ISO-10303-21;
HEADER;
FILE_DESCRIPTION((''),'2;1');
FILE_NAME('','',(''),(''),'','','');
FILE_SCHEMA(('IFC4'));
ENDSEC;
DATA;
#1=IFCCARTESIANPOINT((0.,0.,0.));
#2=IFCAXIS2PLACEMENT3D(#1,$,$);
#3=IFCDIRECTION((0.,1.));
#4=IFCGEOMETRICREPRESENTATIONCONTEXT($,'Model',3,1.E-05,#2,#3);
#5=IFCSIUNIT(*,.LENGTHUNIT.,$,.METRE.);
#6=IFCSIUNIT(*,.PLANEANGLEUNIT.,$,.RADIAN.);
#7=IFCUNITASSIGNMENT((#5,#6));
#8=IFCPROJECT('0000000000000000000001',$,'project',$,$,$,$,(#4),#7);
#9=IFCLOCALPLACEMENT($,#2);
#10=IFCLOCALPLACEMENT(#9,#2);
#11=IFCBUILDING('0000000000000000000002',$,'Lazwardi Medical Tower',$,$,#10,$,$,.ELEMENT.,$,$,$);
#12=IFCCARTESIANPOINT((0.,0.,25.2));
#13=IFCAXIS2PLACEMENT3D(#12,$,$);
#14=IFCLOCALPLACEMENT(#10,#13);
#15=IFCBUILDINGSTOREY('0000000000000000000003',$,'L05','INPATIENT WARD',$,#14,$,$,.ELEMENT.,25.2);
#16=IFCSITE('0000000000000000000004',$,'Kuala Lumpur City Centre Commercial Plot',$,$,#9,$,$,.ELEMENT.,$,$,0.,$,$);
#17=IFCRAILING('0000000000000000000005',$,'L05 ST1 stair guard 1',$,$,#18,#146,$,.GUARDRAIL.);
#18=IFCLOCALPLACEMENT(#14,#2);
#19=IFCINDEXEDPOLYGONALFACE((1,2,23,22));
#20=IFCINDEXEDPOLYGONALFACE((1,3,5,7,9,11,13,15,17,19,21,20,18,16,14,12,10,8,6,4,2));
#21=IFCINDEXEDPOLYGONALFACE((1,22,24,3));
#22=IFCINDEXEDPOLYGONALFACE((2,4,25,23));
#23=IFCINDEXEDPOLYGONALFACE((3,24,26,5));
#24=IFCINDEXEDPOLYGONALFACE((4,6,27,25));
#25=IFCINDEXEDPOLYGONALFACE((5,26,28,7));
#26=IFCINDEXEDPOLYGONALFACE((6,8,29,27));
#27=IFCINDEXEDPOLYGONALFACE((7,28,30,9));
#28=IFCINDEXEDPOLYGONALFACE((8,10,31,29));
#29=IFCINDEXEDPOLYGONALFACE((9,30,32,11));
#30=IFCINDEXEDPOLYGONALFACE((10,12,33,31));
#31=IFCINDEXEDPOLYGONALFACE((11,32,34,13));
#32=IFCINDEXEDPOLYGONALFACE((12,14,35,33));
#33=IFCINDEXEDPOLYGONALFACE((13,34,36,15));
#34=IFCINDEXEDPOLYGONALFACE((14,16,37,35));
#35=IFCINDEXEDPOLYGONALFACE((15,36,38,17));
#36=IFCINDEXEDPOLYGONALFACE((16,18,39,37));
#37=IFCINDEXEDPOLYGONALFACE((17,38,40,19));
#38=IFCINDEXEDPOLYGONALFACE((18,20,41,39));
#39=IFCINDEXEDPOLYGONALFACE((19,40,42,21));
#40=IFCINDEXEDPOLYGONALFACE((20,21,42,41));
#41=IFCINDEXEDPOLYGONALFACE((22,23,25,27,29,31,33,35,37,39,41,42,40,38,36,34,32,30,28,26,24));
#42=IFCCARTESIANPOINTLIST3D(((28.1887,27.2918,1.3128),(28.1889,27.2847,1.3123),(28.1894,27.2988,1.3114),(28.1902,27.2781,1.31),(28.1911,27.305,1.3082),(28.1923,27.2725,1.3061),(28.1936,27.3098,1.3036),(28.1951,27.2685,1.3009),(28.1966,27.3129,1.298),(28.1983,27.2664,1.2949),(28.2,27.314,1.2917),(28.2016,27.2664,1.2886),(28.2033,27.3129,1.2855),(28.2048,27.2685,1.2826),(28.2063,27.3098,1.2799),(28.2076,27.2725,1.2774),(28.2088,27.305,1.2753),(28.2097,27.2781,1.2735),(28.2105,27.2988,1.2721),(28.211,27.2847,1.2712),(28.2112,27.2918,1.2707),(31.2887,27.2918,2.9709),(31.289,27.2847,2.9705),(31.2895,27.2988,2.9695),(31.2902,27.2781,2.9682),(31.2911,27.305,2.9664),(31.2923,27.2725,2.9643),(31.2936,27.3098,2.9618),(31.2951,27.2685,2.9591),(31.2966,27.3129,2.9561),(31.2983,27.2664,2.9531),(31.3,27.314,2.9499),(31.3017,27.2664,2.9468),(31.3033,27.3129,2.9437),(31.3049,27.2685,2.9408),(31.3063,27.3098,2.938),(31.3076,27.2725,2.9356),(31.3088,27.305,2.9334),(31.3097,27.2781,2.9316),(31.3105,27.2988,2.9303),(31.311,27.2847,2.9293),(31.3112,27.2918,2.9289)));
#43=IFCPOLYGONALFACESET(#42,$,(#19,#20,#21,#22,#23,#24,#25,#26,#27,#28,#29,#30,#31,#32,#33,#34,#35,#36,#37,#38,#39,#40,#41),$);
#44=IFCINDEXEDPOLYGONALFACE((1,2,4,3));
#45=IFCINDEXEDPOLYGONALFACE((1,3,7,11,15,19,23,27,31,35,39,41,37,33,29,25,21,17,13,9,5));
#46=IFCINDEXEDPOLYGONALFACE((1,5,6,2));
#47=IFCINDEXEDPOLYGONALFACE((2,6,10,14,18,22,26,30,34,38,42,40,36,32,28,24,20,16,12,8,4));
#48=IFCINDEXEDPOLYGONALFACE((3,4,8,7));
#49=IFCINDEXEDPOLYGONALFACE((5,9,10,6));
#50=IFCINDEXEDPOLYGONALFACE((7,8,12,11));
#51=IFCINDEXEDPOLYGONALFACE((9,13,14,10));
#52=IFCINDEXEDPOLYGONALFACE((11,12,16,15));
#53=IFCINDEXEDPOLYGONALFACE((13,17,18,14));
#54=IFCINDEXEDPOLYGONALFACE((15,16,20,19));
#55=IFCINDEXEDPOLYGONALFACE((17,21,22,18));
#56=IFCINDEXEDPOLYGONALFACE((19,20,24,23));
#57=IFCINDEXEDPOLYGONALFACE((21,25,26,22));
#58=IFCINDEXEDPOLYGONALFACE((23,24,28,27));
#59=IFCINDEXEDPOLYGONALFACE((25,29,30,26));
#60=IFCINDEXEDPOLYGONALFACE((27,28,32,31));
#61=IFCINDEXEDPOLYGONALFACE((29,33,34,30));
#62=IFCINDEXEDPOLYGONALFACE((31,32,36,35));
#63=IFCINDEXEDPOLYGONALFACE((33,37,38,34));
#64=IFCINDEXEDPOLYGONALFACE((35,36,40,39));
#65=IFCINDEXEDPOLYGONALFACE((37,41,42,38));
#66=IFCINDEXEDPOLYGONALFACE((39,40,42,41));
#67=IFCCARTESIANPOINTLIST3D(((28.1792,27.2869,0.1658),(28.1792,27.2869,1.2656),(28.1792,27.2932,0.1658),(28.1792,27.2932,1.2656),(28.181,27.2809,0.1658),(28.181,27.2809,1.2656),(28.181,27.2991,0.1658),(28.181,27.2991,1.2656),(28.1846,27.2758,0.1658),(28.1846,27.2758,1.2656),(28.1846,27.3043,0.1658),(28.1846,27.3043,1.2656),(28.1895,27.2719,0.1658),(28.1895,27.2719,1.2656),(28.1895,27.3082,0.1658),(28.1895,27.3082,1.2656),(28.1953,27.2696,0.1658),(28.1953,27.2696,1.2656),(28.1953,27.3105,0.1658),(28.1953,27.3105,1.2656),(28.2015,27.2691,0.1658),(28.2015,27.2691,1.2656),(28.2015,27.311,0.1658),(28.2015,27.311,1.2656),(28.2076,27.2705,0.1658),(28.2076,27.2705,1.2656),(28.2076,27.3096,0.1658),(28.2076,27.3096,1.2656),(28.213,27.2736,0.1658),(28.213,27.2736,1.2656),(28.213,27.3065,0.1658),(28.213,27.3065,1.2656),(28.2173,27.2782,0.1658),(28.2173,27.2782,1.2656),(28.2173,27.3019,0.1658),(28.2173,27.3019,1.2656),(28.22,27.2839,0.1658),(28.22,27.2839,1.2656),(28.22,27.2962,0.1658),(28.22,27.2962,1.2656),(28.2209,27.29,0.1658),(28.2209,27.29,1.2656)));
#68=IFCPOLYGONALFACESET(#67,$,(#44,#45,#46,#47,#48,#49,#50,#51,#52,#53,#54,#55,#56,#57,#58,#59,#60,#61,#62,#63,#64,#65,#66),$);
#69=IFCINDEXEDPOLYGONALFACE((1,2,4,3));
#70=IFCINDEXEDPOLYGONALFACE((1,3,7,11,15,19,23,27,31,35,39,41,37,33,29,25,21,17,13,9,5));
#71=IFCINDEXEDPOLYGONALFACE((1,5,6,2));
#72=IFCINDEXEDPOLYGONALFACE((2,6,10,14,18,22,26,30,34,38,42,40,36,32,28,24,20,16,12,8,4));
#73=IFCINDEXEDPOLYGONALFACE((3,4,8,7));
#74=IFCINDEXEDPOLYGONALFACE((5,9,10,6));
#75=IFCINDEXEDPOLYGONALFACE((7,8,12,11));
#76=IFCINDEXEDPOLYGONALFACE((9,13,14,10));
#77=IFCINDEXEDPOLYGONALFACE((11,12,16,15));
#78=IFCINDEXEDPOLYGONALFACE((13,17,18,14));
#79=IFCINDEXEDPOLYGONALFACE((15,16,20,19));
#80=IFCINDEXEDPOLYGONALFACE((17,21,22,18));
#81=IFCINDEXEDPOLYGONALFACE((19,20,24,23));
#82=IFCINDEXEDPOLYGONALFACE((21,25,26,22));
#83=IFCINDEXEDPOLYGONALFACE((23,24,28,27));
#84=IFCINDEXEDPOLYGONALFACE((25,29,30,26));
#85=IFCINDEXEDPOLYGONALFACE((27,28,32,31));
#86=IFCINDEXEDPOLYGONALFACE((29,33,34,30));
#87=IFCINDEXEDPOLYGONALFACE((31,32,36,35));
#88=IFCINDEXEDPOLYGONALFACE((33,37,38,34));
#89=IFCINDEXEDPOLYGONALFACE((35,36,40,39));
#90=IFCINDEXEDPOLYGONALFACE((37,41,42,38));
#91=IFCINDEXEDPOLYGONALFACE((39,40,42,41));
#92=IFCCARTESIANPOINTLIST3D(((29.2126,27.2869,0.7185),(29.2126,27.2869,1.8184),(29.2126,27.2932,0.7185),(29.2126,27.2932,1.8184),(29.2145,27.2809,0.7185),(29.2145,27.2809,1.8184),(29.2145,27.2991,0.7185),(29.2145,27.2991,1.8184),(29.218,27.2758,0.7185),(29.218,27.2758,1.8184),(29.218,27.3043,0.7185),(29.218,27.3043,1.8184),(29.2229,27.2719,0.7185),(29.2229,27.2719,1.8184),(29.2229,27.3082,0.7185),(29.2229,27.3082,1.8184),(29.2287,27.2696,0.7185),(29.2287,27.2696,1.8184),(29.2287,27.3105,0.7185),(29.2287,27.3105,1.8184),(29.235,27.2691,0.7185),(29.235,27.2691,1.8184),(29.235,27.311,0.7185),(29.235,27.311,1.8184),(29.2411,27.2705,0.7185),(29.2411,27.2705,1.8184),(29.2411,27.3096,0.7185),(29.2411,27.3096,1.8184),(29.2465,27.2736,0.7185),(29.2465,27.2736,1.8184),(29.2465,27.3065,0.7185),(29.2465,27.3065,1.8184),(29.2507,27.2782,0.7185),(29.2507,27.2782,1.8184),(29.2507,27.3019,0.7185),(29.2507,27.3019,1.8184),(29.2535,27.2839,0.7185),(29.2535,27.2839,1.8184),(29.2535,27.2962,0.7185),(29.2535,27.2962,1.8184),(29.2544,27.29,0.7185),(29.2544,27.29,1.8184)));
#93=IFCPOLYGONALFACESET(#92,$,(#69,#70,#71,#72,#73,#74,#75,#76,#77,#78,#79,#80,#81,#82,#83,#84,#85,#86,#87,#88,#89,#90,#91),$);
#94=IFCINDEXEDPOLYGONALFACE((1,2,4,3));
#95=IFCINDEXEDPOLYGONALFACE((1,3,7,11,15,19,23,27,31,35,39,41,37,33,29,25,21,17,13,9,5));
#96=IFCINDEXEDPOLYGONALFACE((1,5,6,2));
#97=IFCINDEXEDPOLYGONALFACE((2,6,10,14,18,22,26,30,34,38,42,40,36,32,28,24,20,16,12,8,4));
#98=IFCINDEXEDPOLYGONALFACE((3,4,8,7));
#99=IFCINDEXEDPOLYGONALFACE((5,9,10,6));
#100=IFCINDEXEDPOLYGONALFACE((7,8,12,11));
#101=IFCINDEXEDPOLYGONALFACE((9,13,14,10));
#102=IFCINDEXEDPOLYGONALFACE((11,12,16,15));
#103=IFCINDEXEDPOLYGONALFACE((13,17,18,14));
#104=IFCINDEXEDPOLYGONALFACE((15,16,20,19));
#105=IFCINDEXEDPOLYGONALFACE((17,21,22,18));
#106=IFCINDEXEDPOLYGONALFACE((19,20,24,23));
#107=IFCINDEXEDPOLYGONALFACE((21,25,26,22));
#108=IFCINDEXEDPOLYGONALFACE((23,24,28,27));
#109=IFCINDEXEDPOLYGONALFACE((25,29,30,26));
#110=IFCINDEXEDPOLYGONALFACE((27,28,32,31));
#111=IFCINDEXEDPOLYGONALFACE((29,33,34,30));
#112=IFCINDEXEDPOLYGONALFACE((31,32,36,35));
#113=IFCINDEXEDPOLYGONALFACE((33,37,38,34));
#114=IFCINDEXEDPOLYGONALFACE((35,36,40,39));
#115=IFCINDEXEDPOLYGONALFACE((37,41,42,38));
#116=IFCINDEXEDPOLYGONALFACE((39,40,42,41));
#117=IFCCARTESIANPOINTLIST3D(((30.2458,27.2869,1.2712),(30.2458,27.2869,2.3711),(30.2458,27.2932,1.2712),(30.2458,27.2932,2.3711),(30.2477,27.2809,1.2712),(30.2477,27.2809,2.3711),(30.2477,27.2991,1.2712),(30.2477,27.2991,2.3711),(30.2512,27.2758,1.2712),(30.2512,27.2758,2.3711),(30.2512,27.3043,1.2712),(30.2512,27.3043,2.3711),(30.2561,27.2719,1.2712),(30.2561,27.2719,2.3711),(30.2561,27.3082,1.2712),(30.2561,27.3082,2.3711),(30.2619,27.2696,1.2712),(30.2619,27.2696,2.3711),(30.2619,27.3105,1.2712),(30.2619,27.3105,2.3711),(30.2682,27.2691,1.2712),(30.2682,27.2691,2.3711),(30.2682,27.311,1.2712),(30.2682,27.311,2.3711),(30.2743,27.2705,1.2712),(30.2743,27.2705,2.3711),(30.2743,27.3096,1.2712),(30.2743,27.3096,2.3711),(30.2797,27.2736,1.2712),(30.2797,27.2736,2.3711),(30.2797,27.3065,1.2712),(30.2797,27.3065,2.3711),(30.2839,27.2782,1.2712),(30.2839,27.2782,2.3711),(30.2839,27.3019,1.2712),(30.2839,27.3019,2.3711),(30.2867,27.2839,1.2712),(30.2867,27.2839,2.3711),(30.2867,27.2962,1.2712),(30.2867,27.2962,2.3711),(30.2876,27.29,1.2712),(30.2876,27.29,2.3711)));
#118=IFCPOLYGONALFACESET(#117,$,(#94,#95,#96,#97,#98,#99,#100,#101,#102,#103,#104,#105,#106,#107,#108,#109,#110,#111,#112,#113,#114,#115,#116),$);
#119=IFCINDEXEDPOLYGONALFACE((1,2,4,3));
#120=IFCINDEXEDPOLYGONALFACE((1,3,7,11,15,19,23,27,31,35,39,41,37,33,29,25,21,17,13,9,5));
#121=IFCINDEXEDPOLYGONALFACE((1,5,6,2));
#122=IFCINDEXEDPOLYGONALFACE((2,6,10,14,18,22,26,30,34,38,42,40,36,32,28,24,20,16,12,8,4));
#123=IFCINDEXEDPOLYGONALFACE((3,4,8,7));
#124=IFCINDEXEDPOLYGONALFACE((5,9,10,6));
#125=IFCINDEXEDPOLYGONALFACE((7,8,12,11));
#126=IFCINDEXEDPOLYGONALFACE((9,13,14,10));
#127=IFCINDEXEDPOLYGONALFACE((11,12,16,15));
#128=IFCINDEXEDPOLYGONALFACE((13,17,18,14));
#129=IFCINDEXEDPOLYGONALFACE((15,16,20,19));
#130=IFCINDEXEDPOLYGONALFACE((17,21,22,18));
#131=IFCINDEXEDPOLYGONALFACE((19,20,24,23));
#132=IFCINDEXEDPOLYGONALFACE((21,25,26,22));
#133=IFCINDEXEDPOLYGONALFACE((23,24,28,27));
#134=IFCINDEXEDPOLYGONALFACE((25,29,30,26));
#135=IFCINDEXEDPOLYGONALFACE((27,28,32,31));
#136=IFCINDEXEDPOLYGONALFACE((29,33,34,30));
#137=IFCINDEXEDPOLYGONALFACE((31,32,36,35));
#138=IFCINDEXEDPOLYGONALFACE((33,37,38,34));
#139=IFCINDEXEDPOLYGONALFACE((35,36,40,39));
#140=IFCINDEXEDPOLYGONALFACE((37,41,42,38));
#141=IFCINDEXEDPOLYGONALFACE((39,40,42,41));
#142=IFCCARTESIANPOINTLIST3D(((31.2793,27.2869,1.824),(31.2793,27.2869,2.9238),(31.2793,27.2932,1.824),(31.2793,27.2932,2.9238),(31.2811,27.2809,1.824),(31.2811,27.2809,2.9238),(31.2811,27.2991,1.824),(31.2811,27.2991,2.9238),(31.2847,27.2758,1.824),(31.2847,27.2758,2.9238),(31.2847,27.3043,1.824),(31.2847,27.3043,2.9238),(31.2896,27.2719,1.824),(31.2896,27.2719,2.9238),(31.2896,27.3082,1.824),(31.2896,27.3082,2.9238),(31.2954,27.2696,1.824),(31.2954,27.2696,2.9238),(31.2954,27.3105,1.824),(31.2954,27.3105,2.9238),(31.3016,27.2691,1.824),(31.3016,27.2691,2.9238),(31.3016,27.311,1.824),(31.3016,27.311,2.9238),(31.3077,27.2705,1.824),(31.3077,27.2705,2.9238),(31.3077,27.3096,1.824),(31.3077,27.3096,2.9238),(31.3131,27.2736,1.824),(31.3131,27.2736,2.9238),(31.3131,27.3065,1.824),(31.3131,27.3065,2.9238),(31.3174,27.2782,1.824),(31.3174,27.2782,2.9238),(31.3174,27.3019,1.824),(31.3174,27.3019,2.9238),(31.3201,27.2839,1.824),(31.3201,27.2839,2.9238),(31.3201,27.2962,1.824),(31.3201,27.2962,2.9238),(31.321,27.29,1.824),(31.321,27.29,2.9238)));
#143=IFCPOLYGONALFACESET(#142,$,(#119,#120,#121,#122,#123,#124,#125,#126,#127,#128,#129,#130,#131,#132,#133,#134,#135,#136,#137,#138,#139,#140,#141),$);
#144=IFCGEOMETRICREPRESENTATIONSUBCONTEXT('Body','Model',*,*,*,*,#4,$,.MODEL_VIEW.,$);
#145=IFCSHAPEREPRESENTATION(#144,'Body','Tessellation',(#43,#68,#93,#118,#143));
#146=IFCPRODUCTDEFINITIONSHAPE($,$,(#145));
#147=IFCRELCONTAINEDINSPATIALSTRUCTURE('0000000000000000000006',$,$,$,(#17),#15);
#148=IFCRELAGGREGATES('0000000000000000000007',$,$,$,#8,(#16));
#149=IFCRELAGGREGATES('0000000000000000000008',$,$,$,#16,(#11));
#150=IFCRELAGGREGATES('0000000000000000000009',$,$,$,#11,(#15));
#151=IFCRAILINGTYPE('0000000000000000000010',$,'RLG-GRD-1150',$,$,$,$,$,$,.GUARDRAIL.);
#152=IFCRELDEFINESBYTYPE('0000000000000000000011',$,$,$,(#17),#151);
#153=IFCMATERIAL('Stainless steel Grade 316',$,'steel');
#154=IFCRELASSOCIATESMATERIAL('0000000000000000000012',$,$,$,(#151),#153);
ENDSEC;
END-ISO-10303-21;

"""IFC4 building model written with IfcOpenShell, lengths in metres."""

from ifc_helpers import new_model, si_unit, direction, frame, origin, origin_2d, place, context, subcontext, project, spatial, circle, extrude, material, type_object, element, save


model = new_model("IFC4")

# Units and contexts
model_context = context("Model", 3, precision=1e-05, world=origin(), true_north=direction((0.0, 1.0)))
body_context = subcontext(model_context, "Body", "Model", "MODEL_VIEW")
ifc_project = project(units=[si_unit("LENGTHUNIT", "METRE"), si_unit("PLANEANGLEUNIT", "RADIAN")], contexts=[model_context])

# Site, building, storey
site_placement = place(None, origin())
site = spatial("IfcSite", under=ifc_project, at=site_placement, Name="Kuala Lumpur City Centre Commercial Plot", CompositionType="ELEMENT", RefElevation=0.0)
building_placement = place(site_placement, origin())
building = spatial("IfcBuilding", under=site, at=building_placement, Name="Lazwardi Medical Tower", CompositionType="ELEMENT")
storey_placement = place(building_placement, frame((0.0, 0.0, 25.2)))
storey = spatial("IfcBuildingStorey", under=building, at=storey_placement, Name="L05", Description="INPATIENT WARD", CompositionType="ELEMENT", Elevation=25.2)

# Railing
ifc_material_1 = material(Name="Stainless steel Grade 316", Category="steel")
railing_type_1 = type_object("IfcRailingType", Name="RLG-GRD-1150", PredefinedType="GUARDRAIL", material=ifc_material_1)
railing_1_placement = place(storey_placement, frame((28.2, 27.29, 0.1658)))
element("IfcRailing", 1, at=railing_1_placement, inside=storey, type_object=railing_type_1, Name="L05 ST1 stair guard 1", PredefinedType="GUARDRAIL", context=body_context, shape_type="SweptSolid", body=[
    extrude(circle(Radius=0.0239, at=origin_2d()), frame((0.0, 0.0, 1.126), z_axis=(0.881783, 0.0, 0.471655), x_axis=(0.0, 1.0, 0.0)), (0.0, 0.0, 1.0), 3.5156),
    extrude(circle(Radius=0.021, at=origin_2d()), origin(), (0.0, 0.0, 1.0), 1.0999),
    extrude(circle(Radius=0.021, at=origin_2d()), frame((1.0334, 0.0, 0.5527)), (0.0, 0.0, 1.0), 1.0999),
    extrude(circle(Radius=0.021, at=origin_2d()), frame((2.0667, 0.0, 1.1055)), (0.0, 0.0, 1.0), 1.0999),
    extrude(circle(Radius=0.021, at=origin_2d()), frame((3.1001, 0.0, 1.6582)), (0.0, 0.0, 1.0), 1.0999),
])

save(model, "model.ifc")
